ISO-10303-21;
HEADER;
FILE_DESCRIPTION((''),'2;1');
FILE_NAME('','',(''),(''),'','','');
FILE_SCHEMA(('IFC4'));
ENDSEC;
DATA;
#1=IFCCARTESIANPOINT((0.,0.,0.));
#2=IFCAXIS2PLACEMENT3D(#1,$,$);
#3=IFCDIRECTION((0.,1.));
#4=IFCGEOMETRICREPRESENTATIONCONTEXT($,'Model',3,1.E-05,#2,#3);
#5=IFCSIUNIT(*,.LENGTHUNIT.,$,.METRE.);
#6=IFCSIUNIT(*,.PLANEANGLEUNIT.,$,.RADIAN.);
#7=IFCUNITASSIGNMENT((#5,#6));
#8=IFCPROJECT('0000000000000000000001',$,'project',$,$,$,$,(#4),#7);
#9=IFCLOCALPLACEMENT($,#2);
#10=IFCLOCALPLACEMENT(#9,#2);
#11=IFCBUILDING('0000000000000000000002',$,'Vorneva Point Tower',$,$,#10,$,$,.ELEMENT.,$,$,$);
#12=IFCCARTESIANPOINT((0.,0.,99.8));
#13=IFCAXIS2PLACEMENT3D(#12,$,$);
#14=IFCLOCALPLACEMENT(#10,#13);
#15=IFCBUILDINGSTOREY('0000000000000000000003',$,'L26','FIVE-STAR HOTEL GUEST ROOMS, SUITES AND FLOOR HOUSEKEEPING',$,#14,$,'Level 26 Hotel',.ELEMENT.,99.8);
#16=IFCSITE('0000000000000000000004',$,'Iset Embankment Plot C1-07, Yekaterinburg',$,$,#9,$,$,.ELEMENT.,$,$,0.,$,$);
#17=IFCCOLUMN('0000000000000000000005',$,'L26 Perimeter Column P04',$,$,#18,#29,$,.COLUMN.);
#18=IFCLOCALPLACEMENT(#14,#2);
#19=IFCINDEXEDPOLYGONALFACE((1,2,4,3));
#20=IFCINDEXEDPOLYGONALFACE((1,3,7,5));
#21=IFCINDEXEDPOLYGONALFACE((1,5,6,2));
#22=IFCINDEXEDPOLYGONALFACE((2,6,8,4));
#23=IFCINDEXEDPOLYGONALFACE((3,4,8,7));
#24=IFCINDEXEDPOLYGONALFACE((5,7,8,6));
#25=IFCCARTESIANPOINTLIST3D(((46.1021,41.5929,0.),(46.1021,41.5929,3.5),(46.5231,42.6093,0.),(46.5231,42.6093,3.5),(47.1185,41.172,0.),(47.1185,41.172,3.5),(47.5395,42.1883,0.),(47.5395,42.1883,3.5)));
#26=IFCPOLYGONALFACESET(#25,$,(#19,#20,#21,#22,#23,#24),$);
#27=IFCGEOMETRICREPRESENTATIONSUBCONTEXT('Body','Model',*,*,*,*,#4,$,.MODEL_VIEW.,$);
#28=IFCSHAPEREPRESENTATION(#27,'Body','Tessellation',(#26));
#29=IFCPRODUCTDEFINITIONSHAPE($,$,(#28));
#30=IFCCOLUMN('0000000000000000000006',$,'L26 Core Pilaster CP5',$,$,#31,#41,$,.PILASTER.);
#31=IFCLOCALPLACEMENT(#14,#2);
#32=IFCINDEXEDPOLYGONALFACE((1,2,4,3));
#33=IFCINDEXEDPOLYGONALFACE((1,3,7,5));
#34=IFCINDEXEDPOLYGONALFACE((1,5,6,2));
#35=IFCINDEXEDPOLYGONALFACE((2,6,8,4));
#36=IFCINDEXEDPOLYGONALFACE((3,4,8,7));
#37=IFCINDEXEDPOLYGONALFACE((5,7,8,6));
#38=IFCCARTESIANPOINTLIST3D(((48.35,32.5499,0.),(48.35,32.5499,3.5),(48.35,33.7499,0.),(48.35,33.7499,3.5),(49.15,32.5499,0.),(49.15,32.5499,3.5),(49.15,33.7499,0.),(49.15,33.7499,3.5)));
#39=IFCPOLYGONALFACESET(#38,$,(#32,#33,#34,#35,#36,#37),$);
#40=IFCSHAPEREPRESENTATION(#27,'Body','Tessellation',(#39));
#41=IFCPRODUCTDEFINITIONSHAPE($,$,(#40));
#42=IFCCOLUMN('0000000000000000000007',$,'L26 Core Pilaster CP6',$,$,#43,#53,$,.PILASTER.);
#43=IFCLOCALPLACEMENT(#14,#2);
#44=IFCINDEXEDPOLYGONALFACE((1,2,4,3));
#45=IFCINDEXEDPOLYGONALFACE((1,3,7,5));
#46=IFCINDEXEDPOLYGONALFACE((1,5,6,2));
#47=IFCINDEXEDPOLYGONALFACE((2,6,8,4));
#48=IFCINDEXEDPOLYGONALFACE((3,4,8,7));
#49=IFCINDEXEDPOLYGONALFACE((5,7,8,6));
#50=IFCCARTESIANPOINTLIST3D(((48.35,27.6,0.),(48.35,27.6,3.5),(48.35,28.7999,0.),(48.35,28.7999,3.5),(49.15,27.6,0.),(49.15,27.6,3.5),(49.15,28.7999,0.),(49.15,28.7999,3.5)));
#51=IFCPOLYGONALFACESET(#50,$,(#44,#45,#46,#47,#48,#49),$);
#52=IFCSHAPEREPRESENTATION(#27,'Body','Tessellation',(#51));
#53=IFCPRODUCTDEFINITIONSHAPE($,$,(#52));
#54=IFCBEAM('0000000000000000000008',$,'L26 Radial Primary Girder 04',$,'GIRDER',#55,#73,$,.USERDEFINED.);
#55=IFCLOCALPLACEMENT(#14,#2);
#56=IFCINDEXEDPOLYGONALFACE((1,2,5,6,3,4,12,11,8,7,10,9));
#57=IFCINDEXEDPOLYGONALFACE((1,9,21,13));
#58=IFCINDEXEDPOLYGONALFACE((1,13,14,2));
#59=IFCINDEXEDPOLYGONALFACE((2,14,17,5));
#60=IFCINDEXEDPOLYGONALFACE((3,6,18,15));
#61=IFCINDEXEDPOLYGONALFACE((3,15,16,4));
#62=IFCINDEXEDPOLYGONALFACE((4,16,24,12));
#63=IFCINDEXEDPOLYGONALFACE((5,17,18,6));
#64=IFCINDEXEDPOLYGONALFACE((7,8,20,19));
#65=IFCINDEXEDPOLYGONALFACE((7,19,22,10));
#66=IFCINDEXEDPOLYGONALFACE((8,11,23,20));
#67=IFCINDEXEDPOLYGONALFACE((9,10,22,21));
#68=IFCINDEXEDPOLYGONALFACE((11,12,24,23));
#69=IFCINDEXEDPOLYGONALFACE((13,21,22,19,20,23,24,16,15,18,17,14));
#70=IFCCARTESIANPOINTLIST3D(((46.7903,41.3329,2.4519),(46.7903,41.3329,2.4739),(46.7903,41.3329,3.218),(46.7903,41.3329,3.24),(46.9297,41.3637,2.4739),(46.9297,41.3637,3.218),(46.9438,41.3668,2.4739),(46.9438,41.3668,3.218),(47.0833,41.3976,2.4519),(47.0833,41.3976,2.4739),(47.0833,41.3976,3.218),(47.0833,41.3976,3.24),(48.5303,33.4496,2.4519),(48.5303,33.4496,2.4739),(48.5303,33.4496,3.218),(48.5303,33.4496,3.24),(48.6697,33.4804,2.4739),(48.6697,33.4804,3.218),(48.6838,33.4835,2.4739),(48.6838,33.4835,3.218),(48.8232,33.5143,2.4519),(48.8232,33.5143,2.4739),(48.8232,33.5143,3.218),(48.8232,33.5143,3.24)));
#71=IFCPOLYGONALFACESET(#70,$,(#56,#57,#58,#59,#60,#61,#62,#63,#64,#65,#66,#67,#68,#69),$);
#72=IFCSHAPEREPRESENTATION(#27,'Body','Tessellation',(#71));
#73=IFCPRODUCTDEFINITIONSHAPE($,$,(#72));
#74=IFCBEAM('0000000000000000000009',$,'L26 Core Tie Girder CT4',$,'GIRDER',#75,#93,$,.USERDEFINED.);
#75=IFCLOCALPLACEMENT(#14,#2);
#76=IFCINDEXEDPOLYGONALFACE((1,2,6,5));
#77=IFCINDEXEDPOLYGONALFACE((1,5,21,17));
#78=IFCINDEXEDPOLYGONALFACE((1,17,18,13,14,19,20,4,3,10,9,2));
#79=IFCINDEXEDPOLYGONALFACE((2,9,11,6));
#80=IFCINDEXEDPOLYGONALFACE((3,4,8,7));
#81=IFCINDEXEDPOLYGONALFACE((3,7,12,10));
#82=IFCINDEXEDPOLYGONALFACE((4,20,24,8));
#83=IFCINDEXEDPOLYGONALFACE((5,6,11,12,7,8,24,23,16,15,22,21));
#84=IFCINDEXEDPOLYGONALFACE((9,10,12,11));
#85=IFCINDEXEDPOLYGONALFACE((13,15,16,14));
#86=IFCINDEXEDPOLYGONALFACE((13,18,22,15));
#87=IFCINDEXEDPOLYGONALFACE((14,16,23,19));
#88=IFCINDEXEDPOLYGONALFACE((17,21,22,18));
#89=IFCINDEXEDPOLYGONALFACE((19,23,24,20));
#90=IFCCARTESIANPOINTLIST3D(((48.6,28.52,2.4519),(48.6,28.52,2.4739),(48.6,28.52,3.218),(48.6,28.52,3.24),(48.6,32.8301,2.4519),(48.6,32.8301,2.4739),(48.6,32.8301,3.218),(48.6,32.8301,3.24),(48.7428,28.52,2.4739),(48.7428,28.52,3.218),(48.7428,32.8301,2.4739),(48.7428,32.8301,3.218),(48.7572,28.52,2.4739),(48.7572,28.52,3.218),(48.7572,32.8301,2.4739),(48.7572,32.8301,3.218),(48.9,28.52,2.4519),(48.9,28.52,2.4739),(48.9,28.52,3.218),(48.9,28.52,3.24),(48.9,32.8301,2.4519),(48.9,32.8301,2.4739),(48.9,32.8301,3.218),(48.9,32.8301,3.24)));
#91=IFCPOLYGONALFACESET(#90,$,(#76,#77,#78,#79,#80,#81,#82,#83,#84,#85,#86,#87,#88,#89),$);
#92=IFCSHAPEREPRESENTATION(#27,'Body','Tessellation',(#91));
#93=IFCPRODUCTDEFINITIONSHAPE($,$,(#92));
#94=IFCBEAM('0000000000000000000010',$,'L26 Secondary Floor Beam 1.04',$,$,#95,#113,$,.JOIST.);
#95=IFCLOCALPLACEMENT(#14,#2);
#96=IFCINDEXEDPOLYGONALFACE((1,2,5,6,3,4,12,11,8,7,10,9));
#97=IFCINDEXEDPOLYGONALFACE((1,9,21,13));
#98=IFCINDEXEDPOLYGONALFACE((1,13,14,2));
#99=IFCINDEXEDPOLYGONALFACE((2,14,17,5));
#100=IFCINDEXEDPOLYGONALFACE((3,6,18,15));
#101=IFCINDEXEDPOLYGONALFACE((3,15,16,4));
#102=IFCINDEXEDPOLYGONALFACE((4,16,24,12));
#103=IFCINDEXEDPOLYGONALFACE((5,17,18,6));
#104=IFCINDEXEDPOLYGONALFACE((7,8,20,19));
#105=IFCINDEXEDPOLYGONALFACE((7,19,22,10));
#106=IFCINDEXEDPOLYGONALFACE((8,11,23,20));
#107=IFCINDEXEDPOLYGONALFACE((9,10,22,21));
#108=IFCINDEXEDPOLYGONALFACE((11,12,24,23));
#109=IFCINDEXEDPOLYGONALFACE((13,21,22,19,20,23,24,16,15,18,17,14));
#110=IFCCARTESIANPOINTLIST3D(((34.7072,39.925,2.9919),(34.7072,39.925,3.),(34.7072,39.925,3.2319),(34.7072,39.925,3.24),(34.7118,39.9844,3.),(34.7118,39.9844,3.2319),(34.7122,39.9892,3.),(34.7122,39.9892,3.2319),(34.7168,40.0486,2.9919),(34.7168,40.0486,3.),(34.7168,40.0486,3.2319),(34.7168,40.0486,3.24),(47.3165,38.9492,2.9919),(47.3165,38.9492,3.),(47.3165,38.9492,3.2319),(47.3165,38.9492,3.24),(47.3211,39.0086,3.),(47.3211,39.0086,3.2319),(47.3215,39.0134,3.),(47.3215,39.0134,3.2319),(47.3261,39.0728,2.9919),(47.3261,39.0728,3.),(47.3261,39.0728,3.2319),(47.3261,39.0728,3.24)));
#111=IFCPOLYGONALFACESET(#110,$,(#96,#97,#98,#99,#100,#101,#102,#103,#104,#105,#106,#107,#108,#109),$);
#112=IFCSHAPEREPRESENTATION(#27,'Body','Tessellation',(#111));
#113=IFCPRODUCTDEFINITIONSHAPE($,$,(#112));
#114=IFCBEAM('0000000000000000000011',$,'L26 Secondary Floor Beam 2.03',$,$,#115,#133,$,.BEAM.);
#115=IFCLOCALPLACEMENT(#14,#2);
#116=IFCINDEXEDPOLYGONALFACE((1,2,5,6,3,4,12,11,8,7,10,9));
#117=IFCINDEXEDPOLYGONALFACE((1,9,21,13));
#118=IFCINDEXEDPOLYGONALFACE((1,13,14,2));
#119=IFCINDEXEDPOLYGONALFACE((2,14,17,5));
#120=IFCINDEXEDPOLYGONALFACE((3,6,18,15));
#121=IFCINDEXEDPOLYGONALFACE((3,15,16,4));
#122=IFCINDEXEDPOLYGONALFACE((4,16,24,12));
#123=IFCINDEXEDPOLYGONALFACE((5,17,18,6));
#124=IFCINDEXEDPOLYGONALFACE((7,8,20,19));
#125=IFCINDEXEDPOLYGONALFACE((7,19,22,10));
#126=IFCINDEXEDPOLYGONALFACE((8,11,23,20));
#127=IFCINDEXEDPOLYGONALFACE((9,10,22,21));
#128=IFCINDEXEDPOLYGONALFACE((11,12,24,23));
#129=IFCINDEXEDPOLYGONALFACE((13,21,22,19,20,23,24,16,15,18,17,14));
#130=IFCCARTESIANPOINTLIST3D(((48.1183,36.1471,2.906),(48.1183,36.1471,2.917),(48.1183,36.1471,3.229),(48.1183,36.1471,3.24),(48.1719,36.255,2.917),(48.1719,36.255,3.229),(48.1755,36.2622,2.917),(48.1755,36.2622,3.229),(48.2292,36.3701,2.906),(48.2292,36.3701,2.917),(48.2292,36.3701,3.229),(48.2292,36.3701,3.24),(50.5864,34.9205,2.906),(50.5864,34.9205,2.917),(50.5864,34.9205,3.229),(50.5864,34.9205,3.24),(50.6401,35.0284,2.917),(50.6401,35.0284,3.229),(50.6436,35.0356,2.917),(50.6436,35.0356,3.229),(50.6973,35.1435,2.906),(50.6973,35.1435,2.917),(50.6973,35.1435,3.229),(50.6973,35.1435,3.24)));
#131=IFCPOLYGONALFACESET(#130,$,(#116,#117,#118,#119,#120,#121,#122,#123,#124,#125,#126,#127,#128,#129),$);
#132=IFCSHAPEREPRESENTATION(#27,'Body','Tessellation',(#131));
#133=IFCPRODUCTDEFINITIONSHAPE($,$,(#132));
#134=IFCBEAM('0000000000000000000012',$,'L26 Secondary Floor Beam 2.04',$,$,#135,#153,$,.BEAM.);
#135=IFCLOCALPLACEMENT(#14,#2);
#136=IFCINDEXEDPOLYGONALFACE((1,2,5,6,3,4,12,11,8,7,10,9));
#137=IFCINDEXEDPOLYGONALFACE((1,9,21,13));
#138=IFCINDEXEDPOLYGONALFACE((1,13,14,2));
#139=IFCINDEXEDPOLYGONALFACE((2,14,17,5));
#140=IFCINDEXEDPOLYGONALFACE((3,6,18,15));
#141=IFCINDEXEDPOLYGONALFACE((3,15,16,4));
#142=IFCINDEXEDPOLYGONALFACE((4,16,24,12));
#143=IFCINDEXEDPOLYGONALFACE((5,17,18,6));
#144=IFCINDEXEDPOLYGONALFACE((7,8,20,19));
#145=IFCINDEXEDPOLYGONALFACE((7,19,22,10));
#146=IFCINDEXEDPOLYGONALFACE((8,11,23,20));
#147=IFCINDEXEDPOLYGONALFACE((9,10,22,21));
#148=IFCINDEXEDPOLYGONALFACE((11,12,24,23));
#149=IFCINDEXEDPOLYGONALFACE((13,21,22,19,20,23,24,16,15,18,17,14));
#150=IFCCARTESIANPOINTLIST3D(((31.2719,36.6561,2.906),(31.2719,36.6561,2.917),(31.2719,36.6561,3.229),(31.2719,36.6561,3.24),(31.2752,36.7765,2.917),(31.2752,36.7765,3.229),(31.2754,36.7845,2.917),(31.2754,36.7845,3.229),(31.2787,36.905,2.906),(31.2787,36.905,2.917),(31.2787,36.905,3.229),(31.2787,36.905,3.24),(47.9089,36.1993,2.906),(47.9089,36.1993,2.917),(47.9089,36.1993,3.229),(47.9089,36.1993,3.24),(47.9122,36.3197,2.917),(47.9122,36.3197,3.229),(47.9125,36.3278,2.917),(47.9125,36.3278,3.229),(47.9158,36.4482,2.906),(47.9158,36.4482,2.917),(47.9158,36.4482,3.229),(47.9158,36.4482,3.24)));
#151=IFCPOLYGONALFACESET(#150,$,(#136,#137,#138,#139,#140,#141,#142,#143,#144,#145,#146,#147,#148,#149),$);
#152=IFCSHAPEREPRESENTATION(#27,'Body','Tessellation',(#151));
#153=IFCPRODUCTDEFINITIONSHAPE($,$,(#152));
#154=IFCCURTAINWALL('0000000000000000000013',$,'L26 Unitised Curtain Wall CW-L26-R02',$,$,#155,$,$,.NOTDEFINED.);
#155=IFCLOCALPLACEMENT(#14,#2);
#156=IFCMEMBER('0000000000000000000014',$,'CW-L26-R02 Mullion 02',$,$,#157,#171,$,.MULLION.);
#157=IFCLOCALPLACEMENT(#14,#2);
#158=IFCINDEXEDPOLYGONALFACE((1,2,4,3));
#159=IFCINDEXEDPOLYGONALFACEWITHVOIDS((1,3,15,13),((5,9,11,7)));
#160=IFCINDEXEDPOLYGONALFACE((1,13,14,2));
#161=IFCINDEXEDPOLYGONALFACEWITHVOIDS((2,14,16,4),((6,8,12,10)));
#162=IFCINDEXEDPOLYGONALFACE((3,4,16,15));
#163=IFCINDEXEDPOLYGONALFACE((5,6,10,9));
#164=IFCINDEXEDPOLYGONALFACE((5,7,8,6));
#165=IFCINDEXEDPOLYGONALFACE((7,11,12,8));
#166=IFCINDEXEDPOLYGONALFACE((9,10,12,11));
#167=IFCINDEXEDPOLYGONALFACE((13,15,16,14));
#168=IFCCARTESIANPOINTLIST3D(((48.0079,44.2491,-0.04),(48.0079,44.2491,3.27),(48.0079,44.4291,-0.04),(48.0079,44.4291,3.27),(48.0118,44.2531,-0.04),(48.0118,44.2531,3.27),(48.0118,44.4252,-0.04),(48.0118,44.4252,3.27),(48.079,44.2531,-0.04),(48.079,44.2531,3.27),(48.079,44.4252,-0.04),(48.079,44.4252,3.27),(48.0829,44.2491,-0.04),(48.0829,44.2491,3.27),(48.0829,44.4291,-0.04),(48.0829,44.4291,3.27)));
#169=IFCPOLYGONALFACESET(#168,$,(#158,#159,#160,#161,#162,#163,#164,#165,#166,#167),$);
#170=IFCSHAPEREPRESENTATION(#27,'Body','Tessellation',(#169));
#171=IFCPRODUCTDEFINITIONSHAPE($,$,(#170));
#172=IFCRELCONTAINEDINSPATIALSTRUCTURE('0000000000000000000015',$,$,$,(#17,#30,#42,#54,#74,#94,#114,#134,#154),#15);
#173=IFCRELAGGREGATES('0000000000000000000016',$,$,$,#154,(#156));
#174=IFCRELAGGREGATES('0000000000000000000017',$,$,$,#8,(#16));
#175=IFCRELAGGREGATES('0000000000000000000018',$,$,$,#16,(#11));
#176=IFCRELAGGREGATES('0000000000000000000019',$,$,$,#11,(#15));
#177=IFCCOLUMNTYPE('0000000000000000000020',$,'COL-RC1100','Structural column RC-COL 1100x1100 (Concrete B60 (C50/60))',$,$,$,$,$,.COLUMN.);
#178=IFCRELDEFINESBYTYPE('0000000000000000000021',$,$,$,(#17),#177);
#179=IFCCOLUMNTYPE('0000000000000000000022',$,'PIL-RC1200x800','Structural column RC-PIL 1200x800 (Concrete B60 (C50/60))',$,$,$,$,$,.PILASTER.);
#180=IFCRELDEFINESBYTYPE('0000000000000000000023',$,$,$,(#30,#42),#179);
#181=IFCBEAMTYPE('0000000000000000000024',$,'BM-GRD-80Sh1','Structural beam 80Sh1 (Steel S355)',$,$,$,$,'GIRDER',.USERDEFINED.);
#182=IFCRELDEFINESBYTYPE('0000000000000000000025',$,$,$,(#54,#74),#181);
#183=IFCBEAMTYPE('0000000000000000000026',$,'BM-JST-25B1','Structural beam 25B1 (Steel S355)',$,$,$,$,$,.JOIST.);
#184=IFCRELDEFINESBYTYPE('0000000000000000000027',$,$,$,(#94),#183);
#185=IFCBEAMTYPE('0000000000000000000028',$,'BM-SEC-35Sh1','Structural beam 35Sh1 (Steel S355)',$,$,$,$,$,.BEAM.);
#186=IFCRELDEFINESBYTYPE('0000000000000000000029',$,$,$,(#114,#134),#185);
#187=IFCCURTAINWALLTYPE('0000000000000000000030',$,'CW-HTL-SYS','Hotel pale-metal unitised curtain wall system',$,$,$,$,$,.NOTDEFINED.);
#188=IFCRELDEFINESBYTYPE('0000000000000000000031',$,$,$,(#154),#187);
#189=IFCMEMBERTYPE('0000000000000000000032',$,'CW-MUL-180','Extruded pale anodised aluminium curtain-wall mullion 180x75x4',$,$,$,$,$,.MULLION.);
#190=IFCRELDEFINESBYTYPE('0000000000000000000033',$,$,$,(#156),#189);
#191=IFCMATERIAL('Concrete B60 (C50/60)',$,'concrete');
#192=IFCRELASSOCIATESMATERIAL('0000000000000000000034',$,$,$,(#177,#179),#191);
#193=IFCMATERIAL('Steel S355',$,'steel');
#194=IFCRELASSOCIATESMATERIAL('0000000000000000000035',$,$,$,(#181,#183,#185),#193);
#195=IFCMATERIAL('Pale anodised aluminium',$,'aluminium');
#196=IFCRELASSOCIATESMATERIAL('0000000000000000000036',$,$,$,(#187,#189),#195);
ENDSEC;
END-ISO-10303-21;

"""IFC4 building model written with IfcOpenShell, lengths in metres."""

from ifc_helpers import new_model, si_unit, direction, frame, origin, origin_2d, place, context, subcontext, project, spatial, rectangle, hollow_rectangle, i_section, extrude, material, material_profile, profile_set, type_object, element, aggregate, save


model = new_model("IFC4")

# Units and contexts
model_context = context("Model", 3, precision=1e-05, world=origin(), true_north=direction((0.0, 1.0)))
body_context = subcontext(model_context, "Body", "Model", "MODEL_VIEW")
ifc_project = project(units=[si_unit("LENGTHUNIT", "METRE"), si_unit("PLANEANGLEUNIT", "RADIAN")], contexts=[model_context])

# Site, building, storey
site_placement = place(None, origin())
site = spatial("IfcSite", under=ifc_project, at=site_placement, Name="Iset Embankment Plot C1-07, Yekaterinburg", CompositionType="ELEMENT", RefElevation=0.0)
building_placement = place(site_placement, origin())
building = spatial("IfcBuilding", under=site, at=building_placement, Name="Vorneva Point Tower", CompositionType="ELEMENT")
storey_placement = place(building_placement, frame((0.0, 0.0, 99.8)))
storey = spatial("IfcBuildingStorey", under=building, at=storey_placement, Name="L26", Description="FIVE-STAR HOTEL GUEST ROOMS, SUITES AND FLOOR HOUSEKEEPING", LongName="Level 26 Hotel", CompositionType="ELEMENT", Elevation=99.8)

# Columns
ifc_material_1 = material(Name="Concrete B60 (C50/60)", Category="concrete")
ifc_material_profile_1 = material_profile(ifc_material_1, rectangle(XDim=1.1001, YDim=1.1001, at=origin_2d()), Name="RC-COL 1100x1100")
ifc_profile_set_1 = profile_set([ifc_material_profile_1], Name="Concrete B60 (C50/60)")
column_type_1 = type_object("IfcColumnType", Name="COL-RC1100", Description="Structural column RC-COL 1100x1100 (Concrete B60 (C50/60))", PredefinedType="COLUMN", material=ifc_profile_set_1)
column_placement = place(storey_placement, frame((46.8208, 41.8906, 0.0), z_axis=(0.0, 0.0, 1.0), x_axis=(0.382683, 0.92388, 0.0)))
element("IfcColumn", 1, at=column_placement, inside=storey, type_object=column_type_1, Name="L26 Perimeter Column P04", PredefinedType="COLUMN", context=body_context, shape_type="SweptSolid", body=[
    extrude(rectangle(XDim=1.1001, YDim=1.1001, at=origin_2d()), origin(), (0.0, 0.0, 1.0), 3.5),
])
ifc_material_profile_2 = material_profile(ifc_material_1, rectangle(XDim=0.8, YDim=1.2, at=origin_2d()), Name="RC-PIL 1200x800")
ifc_profile_set_2 = profile_set([ifc_material_profile_2], Name="Concrete B60 (C50/60)")
column_type_2 = type_object("IfcColumnType", Name="PIL-RC1200x800", Description="Structural column RC-PIL 1200x800 (Concrete B60 (C50/60))", PredefinedType="PILASTER", material=ifc_profile_set_2)
for number, where, z_axis, x_axis, name in (
    (2, (48.75, 33.1499, 0.0), (0.0, 0.0, 1.0), (1.0, 0.0, 0.0), "L26 Core Pilaster CP5"),
    (3, (48.75, 28.2, 0.0), (0.0, 0.0, 1.0), (1.0, 0.0, 0.0), "L26 Core Pilaster CP6"),
):
    element("IfcColumn", number, at=place(storey_placement, frame(where, z_axis=z_axis, x_axis=x_axis)), inside=storey, type_object=column_type_2, Name=name, PredefinedType="PILASTER", context=body_context, shape_type="SweptSolid", body=[
        extrude(rectangle(XDim=0.8, YDim=1.2, at=origin_2d()), origin(), (0.0, 0.0, 1.0), 3.5),
    ])

# Beams
ifc_material_2 = material(Name="Steel S355", Category="steel")
ifc_material_profile_3 = material_profile(ifc_material_2, i_section(OverallWidth=0.3, OverallDepth=0.7881, WebThickness=0.0144, FlangeThickness=0.022, at=origin_2d()), Name="80Sh1")
ifc_profile_set_3 = profile_set([ifc_material_profile_3], Name="Steel S355")
beam_type_1 = type_object("IfcBeamType", Name="BM-GRD-80Sh1", Description="Structural beam 80Sh1 (Steel S355)", ElementType="GIRDER", PredefinedType="USERDEFINED", material=ifc_profile_set_3)
beam_1_placement = place(storey_placement, frame((46.9368, 41.3652, 2.8459), z_axis=(0.215531, -0.976497, 0.0), x_axis=(0.976497, 0.215531, 0.0)))
element("IfcBeam", 4, at=beam_1_placement, inside=storey, type_object=beam_type_1, Name="L26 Radial Primary Girder 04", ObjectType="GIRDER", PredefinedType="USERDEFINED", context=body_context, shape_type="SweptSolid", body=[
    extrude(i_section(OverallWidth=0.3, OverallDepth=0.7881, WebThickness=0.0144, FlangeThickness=0.022, at=origin_2d()), origin(), (0.0, 0.0, 1.0), 8.073),
])
beam_2_placement = place(storey_placement, frame((48.75, 28.52, 2.8459), z_axis=(0.0, 1.0, 0.0), x_axis=(-1.0, 0.0, 0.0)))
element("IfcBeam", 5, at=beam_2_placement, inside=storey, type_object=beam_type_1, Name="L26 Core Tie Girder CT4", ObjectType="GIRDER", PredefinedType="USERDEFINED", context=body_context, shape_type="SweptSolid", body=[
    extrude(i_section(OverallWidth=0.3, OverallDepth=0.7881, WebThickness=0.0144, FlangeThickness=0.022, at=origin_2d()), origin(), (0.0, 0.0, 1.0), 4.3101),
])
ifc_material_profile_4 = material_profile(ifc_material_2, i_section(OverallWidth=0.124, OverallDepth=0.248, WebThickness=0.0049, FlangeThickness=0.0081, at=origin_2d()), Name="25B1")
ifc_profile_set_4 = profile_set([ifc_material_profile_4], Name="Steel S355")
beam_type_2 = type_object("IfcBeamType", Name="BM-JST-25B1", Description="Structural beam 25B1 (Steel S355)", PredefinedType="JOIST", material=ifc_profile_set_4)
beam_3_placement = place(storey_placement, frame((47.3213, 39.011, 3.116), z_axis=(-0.997019, 0.077159, 0.0), x_axis=(-0.077159, -0.997019, 0.0)))
element("IfcBeam", 6, at=beam_3_placement, inside=storey, type_object=beam_type_2, Name="L26 Secondary Floor Beam 1.04", PredefinedType="JOIST", context=body_context, shape_type="SweptSolid", body=[
    extrude(i_section(OverallWidth=0.124, OverallDepth=0.248, WebThickness=0.0049, FlangeThickness=0.0081, at=origin_2d()), origin(), (0.0, 0.0, 1.0), 12.647),
])
ifc_material_profile_5 = material_profile(ifc_material_2, i_section(OverallWidth=0.249, OverallDepth=0.334, WebThickness=0.0081, FlangeThickness=0.011, at=origin_2d()), Name="35Sh1")
ifc_profile_set_5 = profile_set([ifc_material_profile_5], Name="Steel S355")
beam_type_3 = type_object("IfcBeamType", Name="BM-SEC-35Sh1", Description="Structural beam 35Sh1 (Steel S355)", PredefinedType="BEAM", material=ifc_profile_set_5)
beam_4_placement = place(storey_placement, frame((50.6418, 35.032, 3.073), z_axis=(-0.895505, 0.445051, 0.0), x_axis=(-0.445051, -0.895505, 0.0)))
element("IfcBeam", 7, at=beam_4_placement, inside=storey, type_object=beam_type_3, Name="L26 Secondary Floor Beam 2.03", PredefinedType="BEAM", context=body_context, shape_type="SweptSolid", body=[
    extrude(i_section(OverallWidth=0.249, OverallDepth=0.334, WebThickness=0.0081, FlangeThickness=0.011, at=origin_2d()), origin(), (0.0, 0.0, 1.0), 2.7561),
])
beam_5_placement = place(storey_placement, frame((47.9124, 36.3237, 3.073), z_axis=(-0.999623, 0.027446, 0.0), x_axis=(-0.027446, -0.999623, 0.0)))
element("IfcBeam", 8, at=beam_5_placement, inside=storey, type_object=beam_type_3, Name="L26 Secondary Floor Beam 2.04", PredefinedType="BEAM", context=body_context, shape_type="SweptSolid", body=[
    extrude(i_section(OverallWidth=0.249, OverallDepth=0.334, WebThickness=0.0081, FlangeThickness=0.011, at=origin_2d()), origin(), (0.0, 0.0, 1.0), 16.6433),
])

# Curtain wall, member
ifc_material_3 = material(Name="Pale anodised aluminium", Category="aluminium")
curtain_wall_type = type_object("IfcCurtainWallType", Name="CW-HTL-SYS", Description="Hotel pale-metal unitised curtain wall system", PredefinedType="NOTDEFINED", material=ifc_material_3)
curtain_wall_placement = place(storey_placement, origin())
curtain_wall = element("IfcCurtainWall", 9, at=curtain_wall_placement, inside=storey, type_object=curtain_wall_type, Name="L26 Unitised Curtain Wall CW-L26-R02", PredefinedType="NOTDEFINED")
ifc_material_profile_6 = material_profile(ifc_material_3, hollow_rectangle(XDim=0.075, YDim=0.1799, WallThickness=0.0039, at=origin_2d()), Name="AL-MUL 180x75x4")
ifc_profile_set_6 = profile_set([ifc_material_profile_6], Name="Pale anodised aluminium")
member_type_1 = type_object("IfcMemberType", Name="CW-MUL-180", Description="Extruded pale anodised aluminium curtain-wall mullion 180x75x4", PredefinedType="MULLION", material=ifc_profile_set_6)
member_1_placement = place(storey_placement, frame((48.0454, 44.3391, -0.04), z_axis=(0.0, 0.0, 1.0), x_axis=(1.0, 0.0, 0.0)))
member_1 = element("IfcMember", 10, at=member_1_placement, type_object=member_type_1, Name="CW-L26-R02 Mullion 02", PredefinedType="MULLION", context=body_context, shape_type="SweptSolid", body=[
    extrude(hollow_rectangle(XDim=0.075, YDim=0.1799, WallThickness=0.0039, at=origin_2d()), origin(), (0.0, 0.0, 1.0), 3.3101),
])
aggregate(curtain_wall, [member_1])

save(model, "model.ifc")
